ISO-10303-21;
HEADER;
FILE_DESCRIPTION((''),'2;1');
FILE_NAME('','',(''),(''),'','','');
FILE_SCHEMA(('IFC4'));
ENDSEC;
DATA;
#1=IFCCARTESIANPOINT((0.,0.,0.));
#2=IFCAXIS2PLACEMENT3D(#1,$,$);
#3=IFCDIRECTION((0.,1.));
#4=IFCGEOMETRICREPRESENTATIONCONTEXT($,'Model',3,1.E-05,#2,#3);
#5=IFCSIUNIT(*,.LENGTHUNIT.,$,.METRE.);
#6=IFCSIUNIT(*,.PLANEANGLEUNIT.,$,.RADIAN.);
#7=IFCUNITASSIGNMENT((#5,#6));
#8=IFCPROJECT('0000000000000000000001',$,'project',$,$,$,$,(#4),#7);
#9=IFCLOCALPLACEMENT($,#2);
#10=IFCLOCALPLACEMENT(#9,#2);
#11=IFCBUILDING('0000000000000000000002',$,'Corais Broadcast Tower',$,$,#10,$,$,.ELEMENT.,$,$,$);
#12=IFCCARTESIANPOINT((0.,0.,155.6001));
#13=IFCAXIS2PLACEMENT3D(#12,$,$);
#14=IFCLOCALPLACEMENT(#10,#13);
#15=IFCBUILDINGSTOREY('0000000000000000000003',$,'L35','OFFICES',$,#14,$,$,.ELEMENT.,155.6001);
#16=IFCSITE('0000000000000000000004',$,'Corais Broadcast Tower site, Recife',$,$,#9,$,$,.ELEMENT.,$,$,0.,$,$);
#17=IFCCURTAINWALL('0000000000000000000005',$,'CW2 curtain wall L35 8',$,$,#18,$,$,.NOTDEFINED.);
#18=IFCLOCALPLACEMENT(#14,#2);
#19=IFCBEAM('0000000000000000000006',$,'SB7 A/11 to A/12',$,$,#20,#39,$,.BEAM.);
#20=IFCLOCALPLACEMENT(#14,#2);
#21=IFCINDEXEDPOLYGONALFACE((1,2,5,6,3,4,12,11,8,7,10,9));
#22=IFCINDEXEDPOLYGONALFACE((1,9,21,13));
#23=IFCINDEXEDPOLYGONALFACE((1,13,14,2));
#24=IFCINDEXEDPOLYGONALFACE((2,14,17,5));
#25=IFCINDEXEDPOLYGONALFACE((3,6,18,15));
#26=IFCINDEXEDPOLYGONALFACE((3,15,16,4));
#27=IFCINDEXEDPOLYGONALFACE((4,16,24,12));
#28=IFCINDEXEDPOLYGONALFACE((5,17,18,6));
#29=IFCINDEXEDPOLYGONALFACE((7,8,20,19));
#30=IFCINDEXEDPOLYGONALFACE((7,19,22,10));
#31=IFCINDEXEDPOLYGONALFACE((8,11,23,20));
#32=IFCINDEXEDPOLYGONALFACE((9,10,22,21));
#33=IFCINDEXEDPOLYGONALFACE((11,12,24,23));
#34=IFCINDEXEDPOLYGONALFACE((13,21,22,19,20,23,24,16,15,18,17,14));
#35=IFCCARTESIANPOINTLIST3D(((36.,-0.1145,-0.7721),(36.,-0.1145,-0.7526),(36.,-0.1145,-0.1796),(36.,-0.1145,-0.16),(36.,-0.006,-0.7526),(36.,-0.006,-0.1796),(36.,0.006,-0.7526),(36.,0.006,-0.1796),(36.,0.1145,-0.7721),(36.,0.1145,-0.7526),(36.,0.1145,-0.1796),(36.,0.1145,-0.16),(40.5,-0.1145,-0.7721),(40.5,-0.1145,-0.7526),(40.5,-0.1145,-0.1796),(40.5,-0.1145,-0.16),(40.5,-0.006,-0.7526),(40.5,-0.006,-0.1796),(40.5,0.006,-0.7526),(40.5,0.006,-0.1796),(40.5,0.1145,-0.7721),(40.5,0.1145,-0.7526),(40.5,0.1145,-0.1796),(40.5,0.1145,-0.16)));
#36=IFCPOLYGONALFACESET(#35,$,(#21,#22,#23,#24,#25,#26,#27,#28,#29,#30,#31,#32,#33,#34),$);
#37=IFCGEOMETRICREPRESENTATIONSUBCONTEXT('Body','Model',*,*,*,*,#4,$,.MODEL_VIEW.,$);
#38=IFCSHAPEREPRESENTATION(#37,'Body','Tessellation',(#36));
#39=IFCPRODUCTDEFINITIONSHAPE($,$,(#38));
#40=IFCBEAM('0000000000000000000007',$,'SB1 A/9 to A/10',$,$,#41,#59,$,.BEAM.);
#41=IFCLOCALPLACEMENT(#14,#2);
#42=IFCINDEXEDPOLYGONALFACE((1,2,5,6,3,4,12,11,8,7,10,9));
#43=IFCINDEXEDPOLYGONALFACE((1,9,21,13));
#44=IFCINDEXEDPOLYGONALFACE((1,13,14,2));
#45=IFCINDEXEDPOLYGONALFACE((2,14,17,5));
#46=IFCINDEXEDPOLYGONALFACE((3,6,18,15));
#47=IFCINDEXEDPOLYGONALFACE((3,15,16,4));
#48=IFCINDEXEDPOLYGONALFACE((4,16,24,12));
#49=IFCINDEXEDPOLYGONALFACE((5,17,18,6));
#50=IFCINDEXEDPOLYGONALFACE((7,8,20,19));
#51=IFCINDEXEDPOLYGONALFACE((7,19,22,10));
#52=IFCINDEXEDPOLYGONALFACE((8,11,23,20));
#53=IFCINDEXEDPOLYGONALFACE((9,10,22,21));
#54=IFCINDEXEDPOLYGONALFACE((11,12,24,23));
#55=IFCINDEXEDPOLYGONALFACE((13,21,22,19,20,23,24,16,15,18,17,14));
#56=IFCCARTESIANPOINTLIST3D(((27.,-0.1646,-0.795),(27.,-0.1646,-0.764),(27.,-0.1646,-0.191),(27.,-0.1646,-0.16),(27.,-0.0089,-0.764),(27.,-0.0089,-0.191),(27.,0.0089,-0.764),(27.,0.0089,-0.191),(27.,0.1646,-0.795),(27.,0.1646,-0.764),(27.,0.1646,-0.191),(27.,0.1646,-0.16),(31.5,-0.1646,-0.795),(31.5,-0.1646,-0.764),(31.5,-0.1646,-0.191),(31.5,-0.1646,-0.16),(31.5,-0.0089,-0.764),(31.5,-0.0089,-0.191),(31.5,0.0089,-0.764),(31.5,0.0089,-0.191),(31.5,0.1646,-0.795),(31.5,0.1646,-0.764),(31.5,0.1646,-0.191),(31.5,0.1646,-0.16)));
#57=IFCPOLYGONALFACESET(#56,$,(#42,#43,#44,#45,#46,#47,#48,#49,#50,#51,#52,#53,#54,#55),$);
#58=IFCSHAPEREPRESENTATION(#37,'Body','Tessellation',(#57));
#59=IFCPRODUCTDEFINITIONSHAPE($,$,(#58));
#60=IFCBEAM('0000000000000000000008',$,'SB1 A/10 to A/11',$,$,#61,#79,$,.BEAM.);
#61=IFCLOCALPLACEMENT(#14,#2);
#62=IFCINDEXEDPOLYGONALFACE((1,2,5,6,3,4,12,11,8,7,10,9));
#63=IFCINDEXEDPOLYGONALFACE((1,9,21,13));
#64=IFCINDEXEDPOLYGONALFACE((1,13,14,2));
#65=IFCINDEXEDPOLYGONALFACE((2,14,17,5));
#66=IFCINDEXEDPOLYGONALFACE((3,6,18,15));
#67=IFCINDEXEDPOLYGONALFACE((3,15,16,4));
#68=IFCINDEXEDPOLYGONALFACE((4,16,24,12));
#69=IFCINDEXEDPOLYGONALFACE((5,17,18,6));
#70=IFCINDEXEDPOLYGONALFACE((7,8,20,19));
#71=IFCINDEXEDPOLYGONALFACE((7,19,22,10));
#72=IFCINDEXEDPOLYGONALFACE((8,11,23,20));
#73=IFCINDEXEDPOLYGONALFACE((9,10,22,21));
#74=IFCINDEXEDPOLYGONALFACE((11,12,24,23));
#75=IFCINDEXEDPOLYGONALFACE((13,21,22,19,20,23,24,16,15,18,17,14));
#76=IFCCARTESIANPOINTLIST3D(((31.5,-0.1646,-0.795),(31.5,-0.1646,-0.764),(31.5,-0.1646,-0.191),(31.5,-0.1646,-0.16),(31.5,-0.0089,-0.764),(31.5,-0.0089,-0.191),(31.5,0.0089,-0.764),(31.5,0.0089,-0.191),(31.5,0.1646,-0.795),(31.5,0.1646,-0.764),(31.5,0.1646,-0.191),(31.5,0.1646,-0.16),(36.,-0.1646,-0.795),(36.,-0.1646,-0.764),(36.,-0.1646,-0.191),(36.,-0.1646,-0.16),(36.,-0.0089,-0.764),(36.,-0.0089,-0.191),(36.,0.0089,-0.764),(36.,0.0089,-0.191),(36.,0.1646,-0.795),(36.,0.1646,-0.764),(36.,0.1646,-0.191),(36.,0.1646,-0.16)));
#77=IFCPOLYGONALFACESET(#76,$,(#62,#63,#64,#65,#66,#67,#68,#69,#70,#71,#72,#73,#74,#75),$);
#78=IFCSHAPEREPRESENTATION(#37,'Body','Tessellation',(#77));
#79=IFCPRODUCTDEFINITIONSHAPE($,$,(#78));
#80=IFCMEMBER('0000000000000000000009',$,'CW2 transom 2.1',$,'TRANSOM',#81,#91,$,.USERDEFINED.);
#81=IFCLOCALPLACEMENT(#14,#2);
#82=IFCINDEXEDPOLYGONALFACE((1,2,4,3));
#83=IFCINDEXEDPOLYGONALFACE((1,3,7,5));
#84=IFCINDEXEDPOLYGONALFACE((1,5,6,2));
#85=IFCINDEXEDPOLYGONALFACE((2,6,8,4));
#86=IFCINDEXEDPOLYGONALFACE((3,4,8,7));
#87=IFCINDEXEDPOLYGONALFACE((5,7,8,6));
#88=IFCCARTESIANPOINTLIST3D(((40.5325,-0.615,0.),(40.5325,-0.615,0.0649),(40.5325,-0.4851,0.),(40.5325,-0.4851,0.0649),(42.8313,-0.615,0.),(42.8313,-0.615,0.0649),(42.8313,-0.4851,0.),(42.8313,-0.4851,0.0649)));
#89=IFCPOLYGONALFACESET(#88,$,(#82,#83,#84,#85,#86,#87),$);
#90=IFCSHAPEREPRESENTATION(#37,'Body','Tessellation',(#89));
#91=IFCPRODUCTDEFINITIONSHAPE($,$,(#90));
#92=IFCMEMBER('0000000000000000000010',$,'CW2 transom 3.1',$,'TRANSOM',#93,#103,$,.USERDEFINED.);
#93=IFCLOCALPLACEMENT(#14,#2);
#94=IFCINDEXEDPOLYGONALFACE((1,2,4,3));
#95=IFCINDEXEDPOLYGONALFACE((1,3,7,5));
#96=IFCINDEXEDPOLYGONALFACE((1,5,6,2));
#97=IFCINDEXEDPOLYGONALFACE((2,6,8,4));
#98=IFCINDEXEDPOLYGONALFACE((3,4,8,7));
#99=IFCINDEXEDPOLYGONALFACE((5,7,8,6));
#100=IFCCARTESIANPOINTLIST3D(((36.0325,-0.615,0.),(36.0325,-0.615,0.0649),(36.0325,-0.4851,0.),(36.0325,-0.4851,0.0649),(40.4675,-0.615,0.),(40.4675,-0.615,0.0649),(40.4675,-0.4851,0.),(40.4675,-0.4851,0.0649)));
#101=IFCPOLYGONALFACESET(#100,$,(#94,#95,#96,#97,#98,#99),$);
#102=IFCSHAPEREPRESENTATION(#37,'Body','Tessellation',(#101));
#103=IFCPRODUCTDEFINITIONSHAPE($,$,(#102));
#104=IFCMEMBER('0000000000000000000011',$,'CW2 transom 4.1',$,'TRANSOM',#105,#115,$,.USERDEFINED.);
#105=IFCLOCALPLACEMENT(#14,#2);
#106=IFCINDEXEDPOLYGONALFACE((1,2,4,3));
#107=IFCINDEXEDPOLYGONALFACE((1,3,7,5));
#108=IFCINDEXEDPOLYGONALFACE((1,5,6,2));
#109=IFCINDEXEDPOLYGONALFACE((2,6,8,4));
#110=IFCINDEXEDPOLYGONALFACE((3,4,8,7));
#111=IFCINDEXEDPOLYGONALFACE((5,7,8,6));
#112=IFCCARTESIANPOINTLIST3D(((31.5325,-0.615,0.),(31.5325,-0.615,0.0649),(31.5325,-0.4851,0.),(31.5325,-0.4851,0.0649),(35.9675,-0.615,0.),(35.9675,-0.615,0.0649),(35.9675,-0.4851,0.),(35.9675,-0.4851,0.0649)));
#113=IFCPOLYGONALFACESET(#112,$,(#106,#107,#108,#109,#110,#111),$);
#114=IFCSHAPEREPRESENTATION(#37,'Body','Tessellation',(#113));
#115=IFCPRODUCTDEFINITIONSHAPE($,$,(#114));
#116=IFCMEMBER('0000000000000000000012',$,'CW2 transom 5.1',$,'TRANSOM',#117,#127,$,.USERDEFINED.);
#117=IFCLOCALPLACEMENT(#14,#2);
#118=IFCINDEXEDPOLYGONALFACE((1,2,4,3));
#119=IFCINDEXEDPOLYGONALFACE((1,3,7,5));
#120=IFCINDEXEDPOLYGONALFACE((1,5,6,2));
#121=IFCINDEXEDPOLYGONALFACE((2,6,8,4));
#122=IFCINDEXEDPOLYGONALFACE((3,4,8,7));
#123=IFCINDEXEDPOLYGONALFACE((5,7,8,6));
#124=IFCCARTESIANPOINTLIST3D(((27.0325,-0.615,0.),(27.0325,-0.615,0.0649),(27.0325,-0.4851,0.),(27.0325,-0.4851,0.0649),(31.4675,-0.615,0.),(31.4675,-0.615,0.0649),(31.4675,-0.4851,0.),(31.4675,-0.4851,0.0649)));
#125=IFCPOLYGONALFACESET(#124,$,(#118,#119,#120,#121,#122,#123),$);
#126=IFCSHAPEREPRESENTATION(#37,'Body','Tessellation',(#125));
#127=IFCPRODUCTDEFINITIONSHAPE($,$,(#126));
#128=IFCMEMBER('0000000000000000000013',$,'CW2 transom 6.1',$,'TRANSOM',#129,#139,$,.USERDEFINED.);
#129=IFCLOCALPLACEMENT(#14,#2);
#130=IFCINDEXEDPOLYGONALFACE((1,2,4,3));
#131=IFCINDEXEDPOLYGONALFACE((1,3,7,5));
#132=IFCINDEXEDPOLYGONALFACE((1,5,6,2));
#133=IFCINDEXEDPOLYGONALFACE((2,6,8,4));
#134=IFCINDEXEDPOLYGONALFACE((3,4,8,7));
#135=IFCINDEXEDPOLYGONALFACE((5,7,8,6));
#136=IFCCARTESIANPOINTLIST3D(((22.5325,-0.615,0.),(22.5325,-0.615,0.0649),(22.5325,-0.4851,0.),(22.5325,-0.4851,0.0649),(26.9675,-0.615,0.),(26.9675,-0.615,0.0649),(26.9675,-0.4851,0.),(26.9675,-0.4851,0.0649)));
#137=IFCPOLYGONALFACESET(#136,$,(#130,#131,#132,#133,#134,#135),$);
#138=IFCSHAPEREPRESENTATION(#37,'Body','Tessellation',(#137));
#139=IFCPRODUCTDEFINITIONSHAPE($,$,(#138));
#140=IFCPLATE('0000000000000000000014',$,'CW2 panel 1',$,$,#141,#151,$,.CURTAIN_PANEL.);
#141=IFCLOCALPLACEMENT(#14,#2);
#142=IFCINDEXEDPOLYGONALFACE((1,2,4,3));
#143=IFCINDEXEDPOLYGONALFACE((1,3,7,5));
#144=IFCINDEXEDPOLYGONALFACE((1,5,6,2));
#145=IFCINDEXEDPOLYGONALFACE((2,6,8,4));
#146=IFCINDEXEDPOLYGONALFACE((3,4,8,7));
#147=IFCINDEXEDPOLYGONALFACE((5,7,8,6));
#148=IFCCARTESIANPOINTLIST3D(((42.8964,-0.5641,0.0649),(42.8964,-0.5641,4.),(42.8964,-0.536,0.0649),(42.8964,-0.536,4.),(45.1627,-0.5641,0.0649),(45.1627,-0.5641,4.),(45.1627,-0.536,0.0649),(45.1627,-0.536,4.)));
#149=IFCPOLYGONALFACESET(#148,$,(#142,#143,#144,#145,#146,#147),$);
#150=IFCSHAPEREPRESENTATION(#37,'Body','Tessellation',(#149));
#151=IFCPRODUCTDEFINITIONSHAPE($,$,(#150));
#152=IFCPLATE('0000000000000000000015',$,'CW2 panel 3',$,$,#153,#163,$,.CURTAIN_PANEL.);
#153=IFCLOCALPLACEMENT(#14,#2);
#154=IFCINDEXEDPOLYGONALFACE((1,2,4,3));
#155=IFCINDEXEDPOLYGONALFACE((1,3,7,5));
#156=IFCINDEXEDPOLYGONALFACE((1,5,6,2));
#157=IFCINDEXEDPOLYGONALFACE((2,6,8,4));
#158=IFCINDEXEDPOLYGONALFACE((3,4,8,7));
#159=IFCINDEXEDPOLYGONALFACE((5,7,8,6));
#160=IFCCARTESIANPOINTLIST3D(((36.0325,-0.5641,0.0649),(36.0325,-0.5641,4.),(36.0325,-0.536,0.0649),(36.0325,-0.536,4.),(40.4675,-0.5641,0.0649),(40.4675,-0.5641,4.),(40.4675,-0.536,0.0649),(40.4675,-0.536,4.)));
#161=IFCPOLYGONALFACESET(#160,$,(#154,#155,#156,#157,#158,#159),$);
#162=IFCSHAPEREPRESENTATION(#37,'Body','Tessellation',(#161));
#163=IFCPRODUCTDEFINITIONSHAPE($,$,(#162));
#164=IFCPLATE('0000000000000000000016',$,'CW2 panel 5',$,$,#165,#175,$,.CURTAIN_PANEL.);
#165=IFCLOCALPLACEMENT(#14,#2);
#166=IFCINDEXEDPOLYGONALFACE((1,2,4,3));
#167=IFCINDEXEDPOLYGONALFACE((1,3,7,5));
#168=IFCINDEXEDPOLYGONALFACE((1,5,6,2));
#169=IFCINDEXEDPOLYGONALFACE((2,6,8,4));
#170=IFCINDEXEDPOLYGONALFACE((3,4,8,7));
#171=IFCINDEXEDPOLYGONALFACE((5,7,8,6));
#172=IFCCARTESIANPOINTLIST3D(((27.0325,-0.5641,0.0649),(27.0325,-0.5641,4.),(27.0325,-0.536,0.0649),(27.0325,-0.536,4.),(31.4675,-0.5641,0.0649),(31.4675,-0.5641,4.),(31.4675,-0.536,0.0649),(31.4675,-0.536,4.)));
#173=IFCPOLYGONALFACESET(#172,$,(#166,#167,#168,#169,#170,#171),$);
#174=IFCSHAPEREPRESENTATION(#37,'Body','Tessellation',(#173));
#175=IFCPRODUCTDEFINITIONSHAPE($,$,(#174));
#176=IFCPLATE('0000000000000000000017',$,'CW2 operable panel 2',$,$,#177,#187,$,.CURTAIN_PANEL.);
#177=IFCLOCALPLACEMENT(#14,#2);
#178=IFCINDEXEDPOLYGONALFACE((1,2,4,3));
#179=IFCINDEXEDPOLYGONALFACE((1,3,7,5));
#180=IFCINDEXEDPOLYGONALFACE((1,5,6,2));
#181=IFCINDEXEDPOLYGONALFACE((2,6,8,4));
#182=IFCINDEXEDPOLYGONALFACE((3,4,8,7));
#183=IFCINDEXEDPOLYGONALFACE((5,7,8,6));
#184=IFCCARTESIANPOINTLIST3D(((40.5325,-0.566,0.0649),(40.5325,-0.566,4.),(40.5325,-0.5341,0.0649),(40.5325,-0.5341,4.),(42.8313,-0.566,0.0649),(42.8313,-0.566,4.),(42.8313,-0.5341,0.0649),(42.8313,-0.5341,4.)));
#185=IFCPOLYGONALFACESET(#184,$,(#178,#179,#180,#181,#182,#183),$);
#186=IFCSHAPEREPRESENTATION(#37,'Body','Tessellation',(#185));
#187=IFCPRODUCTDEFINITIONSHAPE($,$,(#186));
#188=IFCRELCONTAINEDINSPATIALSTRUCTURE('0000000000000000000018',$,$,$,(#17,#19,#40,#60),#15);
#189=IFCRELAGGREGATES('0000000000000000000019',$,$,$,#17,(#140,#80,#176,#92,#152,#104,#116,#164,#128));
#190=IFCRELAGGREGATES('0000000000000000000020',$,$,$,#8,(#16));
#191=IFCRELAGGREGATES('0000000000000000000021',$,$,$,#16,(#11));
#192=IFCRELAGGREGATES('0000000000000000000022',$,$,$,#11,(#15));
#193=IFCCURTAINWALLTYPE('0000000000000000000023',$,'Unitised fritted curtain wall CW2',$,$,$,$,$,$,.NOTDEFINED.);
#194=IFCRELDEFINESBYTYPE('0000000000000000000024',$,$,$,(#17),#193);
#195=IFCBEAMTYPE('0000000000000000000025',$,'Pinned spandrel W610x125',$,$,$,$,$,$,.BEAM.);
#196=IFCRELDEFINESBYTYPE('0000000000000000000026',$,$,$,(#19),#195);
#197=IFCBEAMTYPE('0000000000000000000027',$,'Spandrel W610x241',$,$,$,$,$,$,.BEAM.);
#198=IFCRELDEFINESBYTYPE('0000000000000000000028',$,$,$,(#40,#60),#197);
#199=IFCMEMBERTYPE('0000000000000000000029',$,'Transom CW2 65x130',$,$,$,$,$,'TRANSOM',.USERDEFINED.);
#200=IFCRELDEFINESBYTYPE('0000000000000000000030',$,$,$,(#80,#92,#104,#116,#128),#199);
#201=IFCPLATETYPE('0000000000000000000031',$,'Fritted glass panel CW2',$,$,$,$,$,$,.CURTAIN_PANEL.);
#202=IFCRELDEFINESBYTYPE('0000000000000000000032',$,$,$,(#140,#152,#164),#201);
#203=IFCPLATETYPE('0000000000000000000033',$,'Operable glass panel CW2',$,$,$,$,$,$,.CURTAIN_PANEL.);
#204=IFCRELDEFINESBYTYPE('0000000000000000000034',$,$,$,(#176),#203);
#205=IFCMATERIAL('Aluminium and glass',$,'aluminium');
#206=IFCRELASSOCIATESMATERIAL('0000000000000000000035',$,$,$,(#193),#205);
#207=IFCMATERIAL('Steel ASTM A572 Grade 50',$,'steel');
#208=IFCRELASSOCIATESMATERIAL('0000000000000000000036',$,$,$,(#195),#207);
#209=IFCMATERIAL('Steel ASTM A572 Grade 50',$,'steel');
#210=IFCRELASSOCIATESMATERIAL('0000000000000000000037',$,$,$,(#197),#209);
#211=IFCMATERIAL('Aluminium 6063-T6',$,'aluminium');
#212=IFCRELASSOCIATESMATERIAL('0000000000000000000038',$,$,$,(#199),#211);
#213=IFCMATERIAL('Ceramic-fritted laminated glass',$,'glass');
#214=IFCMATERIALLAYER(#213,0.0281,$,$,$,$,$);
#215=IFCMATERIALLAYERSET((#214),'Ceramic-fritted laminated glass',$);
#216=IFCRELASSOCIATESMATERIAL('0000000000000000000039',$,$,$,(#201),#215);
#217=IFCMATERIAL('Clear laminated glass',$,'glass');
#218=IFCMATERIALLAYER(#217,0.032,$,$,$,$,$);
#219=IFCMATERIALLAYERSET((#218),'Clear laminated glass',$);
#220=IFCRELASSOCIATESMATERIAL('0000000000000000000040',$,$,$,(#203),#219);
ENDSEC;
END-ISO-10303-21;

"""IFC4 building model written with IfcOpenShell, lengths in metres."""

from ifc_helpers import new_model, si_unit, direction, frame, origin, origin_2d, place, context, subcontext, project, spatial, rectangle, i_section, extrude, material, layer, layer_set, material_profile, profile_set, type_object, element, aggregate, save


model = new_model("IFC4")

# Units and contexts
model_context = context("Model", 3, precision=1e-05, world=origin(), true_north=direction((0.0, 1.0)))
body_context = subcontext(model_context, "Body", "Model", "MODEL_VIEW")
ifc_project = project(units=[si_unit("LENGTHUNIT", "METRE"), si_unit("PLANEANGLEUNIT", "RADIAN")], contexts=[model_context])

# Site, building, storey
site_placement = place(None, origin())
site = spatial("IfcSite", under=ifc_project, at=site_placement, Name="Corais Broadcast Tower site, Recife", CompositionType="ELEMENT", RefElevation=0.0)
building_placement = place(site_placement, origin())
building = spatial("IfcBuilding", under=site, at=building_placement, Name="Corais Broadcast Tower", CompositionType="ELEMENT")
storey_placement = place(building_placement, frame((0.0, 0.0, 155.6001)))
storey = spatial("IfcBuildingStorey", under=building, at=storey_placement, Name="L35", Description="OFFICES", CompositionType="ELEMENT", Elevation=155.6001)

# Curtain wall
ifc_material_1 = material(Name="Aluminium and glass", Category="aluminium")
curtain_wall_type = type_object("IfcCurtainWallType", Name="Unitised fritted curtain wall CW2", PredefinedType="NOTDEFINED", material=ifc_material_1)
curtain_wall_placement = place(storey_placement, origin())
curtain_wall = element("IfcCurtainWall", 1, at=curtain_wall_placement, inside=storey, type_object=curtain_wall_type, Name="CW2 curtain wall L35 8", PredefinedType="NOTDEFINED")

# Beams
ifc_material_2 = material(Name="Steel ASTM A572 Grade 50", Category="steel")
ifc_material_profile_1 = material_profile(ifc_material_2, i_section(OverallWidth=0.229, OverallDepth=0.6121, WebThickness=0.012, FlangeThickness=0.0195, at=origin_2d()), Name="W610x125")
ifc_profile_set_1 = profile_set([ifc_material_profile_1], Name="Steel ASTM A572 Grade 50")
beam_type_1 = type_object("IfcBeamType", Name="Pinned spandrel W610x125", PredefinedType="BEAM", material=ifc_profile_set_1)
beam_placement = place(storey_placement, frame((36.0, 0.0, -0.4661), z_axis=(1.0, 0.0, 0.0), x_axis=(0.0, 1.0, 0.0)))
element("IfcBeam", 2, at=beam_placement, inside=storey, type_object=beam_type_1, Name="SB7 A/11 to A/12", PredefinedType="BEAM", context=body_context, shape_type="SweptSolid", body=[
    extrude(i_section(OverallWidth=0.229, OverallDepth=0.6121, WebThickness=0.012, FlangeThickness=0.0195, at=origin_2d()), origin(), (0.0, 0.0, 1.0), 4.5),
])
ifc_material_3 = material(Name="Steel ASTM A572 Grade 50", Category="steel")
ifc_material_profile_2 = material_profile(ifc_material_3, i_section(OverallWidth=0.3291, OverallDepth=0.635, WebThickness=0.0178, FlangeThickness=0.031, at=origin_2d()), Name="W610x241")
ifc_profile_set_2 = profile_set([ifc_material_profile_2], Name="Steel ASTM A572 Grade 50")
beam_type_2 = type_object("IfcBeamType", Name="Spandrel W610x241", PredefinedType="BEAM", material=ifc_profile_set_2)
for number, where, z_axis, x_axis, name in (
    (3, (27.0, 0.0, -0.4775), (1.0, 0.0, 0.0), (0.0, 1.0, 0.0), "SB1 A/9 to A/10"),
    (4, (31.5, 0.0, -0.4775), (1.0, 0.0, 0.0), (0.0, 1.0, 0.0), "SB1 A/10 to A/11"),
):
    element("IfcBeam", number, at=place(storey_placement, frame(where, z_axis=z_axis, x_axis=x_axis)), inside=storey, type_object=beam_type_2, Name=name, PredefinedType="BEAM", context=body_context, shape_type="SweptSolid", body=[
        extrude(i_section(OverallWidth=0.3291, OverallDepth=0.635, WebThickness=0.0178, FlangeThickness=0.031, at=origin_2d()), origin(), (0.0, 0.0, 1.0), 4.5),
    ])

# Members
ifc_material_4 = material(Name="Aluminium 6063-T6", Category="aluminium")
ifc_material_profile_3 = material_profile(ifc_material_4, rectangle(XDim=0.1299, YDim=0.0649, at=origin_2d()), Name="Transom CW2 65x130")
ifc_profile_set_3 = profile_set([ifc_material_profile_3], Name="Aluminium 6063-T6")
member_type_1 = type_object("IfcMemberType", Name="Transom CW2 65x130", ElementType="TRANSOM", PredefinedType="USERDEFINED", material=ifc_profile_set_3)
member_1_placement = place(storey_placement, frame((42.8313, -0.55, 0.0325), z_axis=(-1.0, 0.0, 0.0), x_axis=(0.0, -1.0, 0.0)))
member_1 = element("IfcMember", 5, at=member_1_placement, type_object=member_type_1, Name="CW2 transom 2.1", ObjectType="TRANSOM", PredefinedType="USERDEFINED", context=body_context, shape_type="SweptSolid", body=[
    extrude(rectangle(XDim=0.1299, YDim=0.0649, at=origin_2d()), origin(), (0.0, 0.0, 1.0), 2.2988),
])
member_2_placement = place(storey_placement, frame((40.4675, -0.55, 0.0325), z_axis=(-1.0, 0.0, 0.0), x_axis=(0.0, -1.0, 0.0)))
member_2 = element("IfcMember", 6, at=member_2_placement, type_object=member_type_1, Name="CW2 transom 3.1", ObjectType="TRANSOM", PredefinedType="USERDEFINED", context=body_context, shape_type="SweptSolid", body=[
    extrude(rectangle(XDim=0.1299, YDim=0.0649, at=origin_2d()), origin(), (0.0, 0.0, 1.0), 4.4351),
])
member_3_placement = place(storey_placement, frame((35.9675, -0.55, 0.0325), z_axis=(-1.0, 0.0, 0.0), x_axis=(0.0, -1.0, 0.0)))
member_3 = element("IfcMember", 7, at=member_3_placement, type_object=member_type_1, Name="CW2 transom 4.1", ObjectType="TRANSOM", PredefinedType="USERDEFINED", context=body_context, shape_type="SweptSolid", body=[
    extrude(rectangle(XDim=0.1299, YDim=0.0649, at=origin_2d()), origin(), (0.0, 0.0, 1.0), 4.4351),
])
member_4_placement = place(storey_placement, frame((31.4675, -0.55, 0.0325), z_axis=(-1.0, 0.0, 0.0), x_axis=(0.0, -1.0, 0.0)))
member_4 = element("IfcMember", 8, at=member_4_placement, type_object=member_type_1, Name="CW2 transom 5.1", ObjectType="TRANSOM", PredefinedType="USERDEFINED", context=body_context, shape_type="SweptSolid", body=[
    extrude(rectangle(XDim=0.1299, YDim=0.0649, at=origin_2d()), origin(), (0.0, 0.0, 1.0), 4.4351),
])
member_5_placement = place(storey_placement, frame((26.9675, -0.55, 0.0325), z_axis=(-1.0, 0.0, 0.0), x_axis=(0.0, -1.0, 0.0)))
member_5 = element("IfcMember", 9, at=member_5_placement, type_object=member_type_1, Name="CW2 transom 6.1", ObjectType="TRANSOM", PredefinedType="USERDEFINED", context=body_context, shape_type="SweptSolid", body=[
    extrude(rectangle(XDim=0.1299, YDim=0.0649, at=origin_2d()), origin(), (0.0, 0.0, 1.0), 4.4351),
])

# Plates
ifc_material_5 = material(Name="Ceramic-fritted laminated glass", Category="glass")
ifc_layer_1 = layer(ifc_material_5, 0.0281)
ifc_layer_set_1 = layer_set([ifc_layer_1], Name="Ceramic-fritted laminated glass")
plate_type_1 = type_object("IfcPlateType", Name="Fritted glass panel CW2", PredefinedType="CURTAIN_PANEL", material=ifc_layer_set_1)
plate_1_placement = place(storey_placement, frame((44.0295, -0.55, 0.0649), z_axis=(0.0, 0.0, 1.0), x_axis=(-1.0, 0.0, 0.0)))
plate_1 = element("IfcPlate", 10, at=plate_1_placement, type_object=plate_type_1, Name="CW2 panel 1", PredefinedType="CURTAIN_PANEL", context=body_context, shape_type="SweptSolid", body=[
    extrude(rectangle(XDim=2.2664, YDim=0.0281, at=origin_2d()), origin(), (0.0, 0.0, 1.0), 3.9351),
])
plate_2_placement = place(storey_placement, frame((38.25, -0.55, 0.0649), z_axis=(0.0, 0.0, 1.0), x_axis=(-1.0, 0.0, 0.0)))
plate_2 = element("IfcPlate", 11, at=plate_2_placement, type_object=plate_type_1, Name="CW2 panel 3", PredefinedType="CURTAIN_PANEL", context=body_context, shape_type="SweptSolid", body=[
    extrude(rectangle(XDim=4.4351, YDim=0.0281, at=origin_2d()), origin(), (0.0, 0.0, 1.0), 3.9351),
])
plate_3_placement = place(storey_placement, frame((29.25, -0.55, 0.0649), z_axis=(0.0, 0.0, 1.0), x_axis=(-1.0, 0.0, 0.0)))
plate_3 = element("IfcPlate", 12, at=plate_3_placement, type_object=plate_type_1, Name="CW2 panel 5", PredefinedType="CURTAIN_PANEL", context=body_context, shape_type="SweptSolid", body=[
    extrude(rectangle(XDim=4.4351, YDim=0.0281, at=origin_2d()), origin(), (0.0, 0.0, 1.0), 3.9351),
])
ifc_material_6 = material(Name="Clear laminated glass", Category="glass")
ifc_layer_2 = layer(ifc_material_6, 0.032)
ifc_layer_set_2 = layer_set([ifc_layer_2], Name="Clear laminated glass")
plate_type_2 = type_object("IfcPlateType", Name="Operable glass panel CW2", PredefinedType="CURTAIN_PANEL", material=ifc_layer_set_2)
plate_4_placement = place(storey_placement, frame((41.6819, -0.55, 0.0649), z_axis=(0.0, 0.0, 1.0), x_axis=(-1.0, 0.0, 0.0)))
plate_4 = element("IfcPlate", 13, at=plate_4_placement, type_object=plate_type_2, Name="CW2 operable panel 2", PredefinedType="CURTAIN_PANEL", context=body_context, shape_type="SweptSolid", body=[
    extrude(rectangle(XDim=2.2988, YDim=0.032, at=origin_2d()), origin(), (0.0, 0.0, 1.0), 3.9351),
])
aggregate(curtain_wall, [plate_1, member_1, plate_4, member_2, plate_2, member_3, member_4, plate_3, member_5])

save(model, "model.ifc")
